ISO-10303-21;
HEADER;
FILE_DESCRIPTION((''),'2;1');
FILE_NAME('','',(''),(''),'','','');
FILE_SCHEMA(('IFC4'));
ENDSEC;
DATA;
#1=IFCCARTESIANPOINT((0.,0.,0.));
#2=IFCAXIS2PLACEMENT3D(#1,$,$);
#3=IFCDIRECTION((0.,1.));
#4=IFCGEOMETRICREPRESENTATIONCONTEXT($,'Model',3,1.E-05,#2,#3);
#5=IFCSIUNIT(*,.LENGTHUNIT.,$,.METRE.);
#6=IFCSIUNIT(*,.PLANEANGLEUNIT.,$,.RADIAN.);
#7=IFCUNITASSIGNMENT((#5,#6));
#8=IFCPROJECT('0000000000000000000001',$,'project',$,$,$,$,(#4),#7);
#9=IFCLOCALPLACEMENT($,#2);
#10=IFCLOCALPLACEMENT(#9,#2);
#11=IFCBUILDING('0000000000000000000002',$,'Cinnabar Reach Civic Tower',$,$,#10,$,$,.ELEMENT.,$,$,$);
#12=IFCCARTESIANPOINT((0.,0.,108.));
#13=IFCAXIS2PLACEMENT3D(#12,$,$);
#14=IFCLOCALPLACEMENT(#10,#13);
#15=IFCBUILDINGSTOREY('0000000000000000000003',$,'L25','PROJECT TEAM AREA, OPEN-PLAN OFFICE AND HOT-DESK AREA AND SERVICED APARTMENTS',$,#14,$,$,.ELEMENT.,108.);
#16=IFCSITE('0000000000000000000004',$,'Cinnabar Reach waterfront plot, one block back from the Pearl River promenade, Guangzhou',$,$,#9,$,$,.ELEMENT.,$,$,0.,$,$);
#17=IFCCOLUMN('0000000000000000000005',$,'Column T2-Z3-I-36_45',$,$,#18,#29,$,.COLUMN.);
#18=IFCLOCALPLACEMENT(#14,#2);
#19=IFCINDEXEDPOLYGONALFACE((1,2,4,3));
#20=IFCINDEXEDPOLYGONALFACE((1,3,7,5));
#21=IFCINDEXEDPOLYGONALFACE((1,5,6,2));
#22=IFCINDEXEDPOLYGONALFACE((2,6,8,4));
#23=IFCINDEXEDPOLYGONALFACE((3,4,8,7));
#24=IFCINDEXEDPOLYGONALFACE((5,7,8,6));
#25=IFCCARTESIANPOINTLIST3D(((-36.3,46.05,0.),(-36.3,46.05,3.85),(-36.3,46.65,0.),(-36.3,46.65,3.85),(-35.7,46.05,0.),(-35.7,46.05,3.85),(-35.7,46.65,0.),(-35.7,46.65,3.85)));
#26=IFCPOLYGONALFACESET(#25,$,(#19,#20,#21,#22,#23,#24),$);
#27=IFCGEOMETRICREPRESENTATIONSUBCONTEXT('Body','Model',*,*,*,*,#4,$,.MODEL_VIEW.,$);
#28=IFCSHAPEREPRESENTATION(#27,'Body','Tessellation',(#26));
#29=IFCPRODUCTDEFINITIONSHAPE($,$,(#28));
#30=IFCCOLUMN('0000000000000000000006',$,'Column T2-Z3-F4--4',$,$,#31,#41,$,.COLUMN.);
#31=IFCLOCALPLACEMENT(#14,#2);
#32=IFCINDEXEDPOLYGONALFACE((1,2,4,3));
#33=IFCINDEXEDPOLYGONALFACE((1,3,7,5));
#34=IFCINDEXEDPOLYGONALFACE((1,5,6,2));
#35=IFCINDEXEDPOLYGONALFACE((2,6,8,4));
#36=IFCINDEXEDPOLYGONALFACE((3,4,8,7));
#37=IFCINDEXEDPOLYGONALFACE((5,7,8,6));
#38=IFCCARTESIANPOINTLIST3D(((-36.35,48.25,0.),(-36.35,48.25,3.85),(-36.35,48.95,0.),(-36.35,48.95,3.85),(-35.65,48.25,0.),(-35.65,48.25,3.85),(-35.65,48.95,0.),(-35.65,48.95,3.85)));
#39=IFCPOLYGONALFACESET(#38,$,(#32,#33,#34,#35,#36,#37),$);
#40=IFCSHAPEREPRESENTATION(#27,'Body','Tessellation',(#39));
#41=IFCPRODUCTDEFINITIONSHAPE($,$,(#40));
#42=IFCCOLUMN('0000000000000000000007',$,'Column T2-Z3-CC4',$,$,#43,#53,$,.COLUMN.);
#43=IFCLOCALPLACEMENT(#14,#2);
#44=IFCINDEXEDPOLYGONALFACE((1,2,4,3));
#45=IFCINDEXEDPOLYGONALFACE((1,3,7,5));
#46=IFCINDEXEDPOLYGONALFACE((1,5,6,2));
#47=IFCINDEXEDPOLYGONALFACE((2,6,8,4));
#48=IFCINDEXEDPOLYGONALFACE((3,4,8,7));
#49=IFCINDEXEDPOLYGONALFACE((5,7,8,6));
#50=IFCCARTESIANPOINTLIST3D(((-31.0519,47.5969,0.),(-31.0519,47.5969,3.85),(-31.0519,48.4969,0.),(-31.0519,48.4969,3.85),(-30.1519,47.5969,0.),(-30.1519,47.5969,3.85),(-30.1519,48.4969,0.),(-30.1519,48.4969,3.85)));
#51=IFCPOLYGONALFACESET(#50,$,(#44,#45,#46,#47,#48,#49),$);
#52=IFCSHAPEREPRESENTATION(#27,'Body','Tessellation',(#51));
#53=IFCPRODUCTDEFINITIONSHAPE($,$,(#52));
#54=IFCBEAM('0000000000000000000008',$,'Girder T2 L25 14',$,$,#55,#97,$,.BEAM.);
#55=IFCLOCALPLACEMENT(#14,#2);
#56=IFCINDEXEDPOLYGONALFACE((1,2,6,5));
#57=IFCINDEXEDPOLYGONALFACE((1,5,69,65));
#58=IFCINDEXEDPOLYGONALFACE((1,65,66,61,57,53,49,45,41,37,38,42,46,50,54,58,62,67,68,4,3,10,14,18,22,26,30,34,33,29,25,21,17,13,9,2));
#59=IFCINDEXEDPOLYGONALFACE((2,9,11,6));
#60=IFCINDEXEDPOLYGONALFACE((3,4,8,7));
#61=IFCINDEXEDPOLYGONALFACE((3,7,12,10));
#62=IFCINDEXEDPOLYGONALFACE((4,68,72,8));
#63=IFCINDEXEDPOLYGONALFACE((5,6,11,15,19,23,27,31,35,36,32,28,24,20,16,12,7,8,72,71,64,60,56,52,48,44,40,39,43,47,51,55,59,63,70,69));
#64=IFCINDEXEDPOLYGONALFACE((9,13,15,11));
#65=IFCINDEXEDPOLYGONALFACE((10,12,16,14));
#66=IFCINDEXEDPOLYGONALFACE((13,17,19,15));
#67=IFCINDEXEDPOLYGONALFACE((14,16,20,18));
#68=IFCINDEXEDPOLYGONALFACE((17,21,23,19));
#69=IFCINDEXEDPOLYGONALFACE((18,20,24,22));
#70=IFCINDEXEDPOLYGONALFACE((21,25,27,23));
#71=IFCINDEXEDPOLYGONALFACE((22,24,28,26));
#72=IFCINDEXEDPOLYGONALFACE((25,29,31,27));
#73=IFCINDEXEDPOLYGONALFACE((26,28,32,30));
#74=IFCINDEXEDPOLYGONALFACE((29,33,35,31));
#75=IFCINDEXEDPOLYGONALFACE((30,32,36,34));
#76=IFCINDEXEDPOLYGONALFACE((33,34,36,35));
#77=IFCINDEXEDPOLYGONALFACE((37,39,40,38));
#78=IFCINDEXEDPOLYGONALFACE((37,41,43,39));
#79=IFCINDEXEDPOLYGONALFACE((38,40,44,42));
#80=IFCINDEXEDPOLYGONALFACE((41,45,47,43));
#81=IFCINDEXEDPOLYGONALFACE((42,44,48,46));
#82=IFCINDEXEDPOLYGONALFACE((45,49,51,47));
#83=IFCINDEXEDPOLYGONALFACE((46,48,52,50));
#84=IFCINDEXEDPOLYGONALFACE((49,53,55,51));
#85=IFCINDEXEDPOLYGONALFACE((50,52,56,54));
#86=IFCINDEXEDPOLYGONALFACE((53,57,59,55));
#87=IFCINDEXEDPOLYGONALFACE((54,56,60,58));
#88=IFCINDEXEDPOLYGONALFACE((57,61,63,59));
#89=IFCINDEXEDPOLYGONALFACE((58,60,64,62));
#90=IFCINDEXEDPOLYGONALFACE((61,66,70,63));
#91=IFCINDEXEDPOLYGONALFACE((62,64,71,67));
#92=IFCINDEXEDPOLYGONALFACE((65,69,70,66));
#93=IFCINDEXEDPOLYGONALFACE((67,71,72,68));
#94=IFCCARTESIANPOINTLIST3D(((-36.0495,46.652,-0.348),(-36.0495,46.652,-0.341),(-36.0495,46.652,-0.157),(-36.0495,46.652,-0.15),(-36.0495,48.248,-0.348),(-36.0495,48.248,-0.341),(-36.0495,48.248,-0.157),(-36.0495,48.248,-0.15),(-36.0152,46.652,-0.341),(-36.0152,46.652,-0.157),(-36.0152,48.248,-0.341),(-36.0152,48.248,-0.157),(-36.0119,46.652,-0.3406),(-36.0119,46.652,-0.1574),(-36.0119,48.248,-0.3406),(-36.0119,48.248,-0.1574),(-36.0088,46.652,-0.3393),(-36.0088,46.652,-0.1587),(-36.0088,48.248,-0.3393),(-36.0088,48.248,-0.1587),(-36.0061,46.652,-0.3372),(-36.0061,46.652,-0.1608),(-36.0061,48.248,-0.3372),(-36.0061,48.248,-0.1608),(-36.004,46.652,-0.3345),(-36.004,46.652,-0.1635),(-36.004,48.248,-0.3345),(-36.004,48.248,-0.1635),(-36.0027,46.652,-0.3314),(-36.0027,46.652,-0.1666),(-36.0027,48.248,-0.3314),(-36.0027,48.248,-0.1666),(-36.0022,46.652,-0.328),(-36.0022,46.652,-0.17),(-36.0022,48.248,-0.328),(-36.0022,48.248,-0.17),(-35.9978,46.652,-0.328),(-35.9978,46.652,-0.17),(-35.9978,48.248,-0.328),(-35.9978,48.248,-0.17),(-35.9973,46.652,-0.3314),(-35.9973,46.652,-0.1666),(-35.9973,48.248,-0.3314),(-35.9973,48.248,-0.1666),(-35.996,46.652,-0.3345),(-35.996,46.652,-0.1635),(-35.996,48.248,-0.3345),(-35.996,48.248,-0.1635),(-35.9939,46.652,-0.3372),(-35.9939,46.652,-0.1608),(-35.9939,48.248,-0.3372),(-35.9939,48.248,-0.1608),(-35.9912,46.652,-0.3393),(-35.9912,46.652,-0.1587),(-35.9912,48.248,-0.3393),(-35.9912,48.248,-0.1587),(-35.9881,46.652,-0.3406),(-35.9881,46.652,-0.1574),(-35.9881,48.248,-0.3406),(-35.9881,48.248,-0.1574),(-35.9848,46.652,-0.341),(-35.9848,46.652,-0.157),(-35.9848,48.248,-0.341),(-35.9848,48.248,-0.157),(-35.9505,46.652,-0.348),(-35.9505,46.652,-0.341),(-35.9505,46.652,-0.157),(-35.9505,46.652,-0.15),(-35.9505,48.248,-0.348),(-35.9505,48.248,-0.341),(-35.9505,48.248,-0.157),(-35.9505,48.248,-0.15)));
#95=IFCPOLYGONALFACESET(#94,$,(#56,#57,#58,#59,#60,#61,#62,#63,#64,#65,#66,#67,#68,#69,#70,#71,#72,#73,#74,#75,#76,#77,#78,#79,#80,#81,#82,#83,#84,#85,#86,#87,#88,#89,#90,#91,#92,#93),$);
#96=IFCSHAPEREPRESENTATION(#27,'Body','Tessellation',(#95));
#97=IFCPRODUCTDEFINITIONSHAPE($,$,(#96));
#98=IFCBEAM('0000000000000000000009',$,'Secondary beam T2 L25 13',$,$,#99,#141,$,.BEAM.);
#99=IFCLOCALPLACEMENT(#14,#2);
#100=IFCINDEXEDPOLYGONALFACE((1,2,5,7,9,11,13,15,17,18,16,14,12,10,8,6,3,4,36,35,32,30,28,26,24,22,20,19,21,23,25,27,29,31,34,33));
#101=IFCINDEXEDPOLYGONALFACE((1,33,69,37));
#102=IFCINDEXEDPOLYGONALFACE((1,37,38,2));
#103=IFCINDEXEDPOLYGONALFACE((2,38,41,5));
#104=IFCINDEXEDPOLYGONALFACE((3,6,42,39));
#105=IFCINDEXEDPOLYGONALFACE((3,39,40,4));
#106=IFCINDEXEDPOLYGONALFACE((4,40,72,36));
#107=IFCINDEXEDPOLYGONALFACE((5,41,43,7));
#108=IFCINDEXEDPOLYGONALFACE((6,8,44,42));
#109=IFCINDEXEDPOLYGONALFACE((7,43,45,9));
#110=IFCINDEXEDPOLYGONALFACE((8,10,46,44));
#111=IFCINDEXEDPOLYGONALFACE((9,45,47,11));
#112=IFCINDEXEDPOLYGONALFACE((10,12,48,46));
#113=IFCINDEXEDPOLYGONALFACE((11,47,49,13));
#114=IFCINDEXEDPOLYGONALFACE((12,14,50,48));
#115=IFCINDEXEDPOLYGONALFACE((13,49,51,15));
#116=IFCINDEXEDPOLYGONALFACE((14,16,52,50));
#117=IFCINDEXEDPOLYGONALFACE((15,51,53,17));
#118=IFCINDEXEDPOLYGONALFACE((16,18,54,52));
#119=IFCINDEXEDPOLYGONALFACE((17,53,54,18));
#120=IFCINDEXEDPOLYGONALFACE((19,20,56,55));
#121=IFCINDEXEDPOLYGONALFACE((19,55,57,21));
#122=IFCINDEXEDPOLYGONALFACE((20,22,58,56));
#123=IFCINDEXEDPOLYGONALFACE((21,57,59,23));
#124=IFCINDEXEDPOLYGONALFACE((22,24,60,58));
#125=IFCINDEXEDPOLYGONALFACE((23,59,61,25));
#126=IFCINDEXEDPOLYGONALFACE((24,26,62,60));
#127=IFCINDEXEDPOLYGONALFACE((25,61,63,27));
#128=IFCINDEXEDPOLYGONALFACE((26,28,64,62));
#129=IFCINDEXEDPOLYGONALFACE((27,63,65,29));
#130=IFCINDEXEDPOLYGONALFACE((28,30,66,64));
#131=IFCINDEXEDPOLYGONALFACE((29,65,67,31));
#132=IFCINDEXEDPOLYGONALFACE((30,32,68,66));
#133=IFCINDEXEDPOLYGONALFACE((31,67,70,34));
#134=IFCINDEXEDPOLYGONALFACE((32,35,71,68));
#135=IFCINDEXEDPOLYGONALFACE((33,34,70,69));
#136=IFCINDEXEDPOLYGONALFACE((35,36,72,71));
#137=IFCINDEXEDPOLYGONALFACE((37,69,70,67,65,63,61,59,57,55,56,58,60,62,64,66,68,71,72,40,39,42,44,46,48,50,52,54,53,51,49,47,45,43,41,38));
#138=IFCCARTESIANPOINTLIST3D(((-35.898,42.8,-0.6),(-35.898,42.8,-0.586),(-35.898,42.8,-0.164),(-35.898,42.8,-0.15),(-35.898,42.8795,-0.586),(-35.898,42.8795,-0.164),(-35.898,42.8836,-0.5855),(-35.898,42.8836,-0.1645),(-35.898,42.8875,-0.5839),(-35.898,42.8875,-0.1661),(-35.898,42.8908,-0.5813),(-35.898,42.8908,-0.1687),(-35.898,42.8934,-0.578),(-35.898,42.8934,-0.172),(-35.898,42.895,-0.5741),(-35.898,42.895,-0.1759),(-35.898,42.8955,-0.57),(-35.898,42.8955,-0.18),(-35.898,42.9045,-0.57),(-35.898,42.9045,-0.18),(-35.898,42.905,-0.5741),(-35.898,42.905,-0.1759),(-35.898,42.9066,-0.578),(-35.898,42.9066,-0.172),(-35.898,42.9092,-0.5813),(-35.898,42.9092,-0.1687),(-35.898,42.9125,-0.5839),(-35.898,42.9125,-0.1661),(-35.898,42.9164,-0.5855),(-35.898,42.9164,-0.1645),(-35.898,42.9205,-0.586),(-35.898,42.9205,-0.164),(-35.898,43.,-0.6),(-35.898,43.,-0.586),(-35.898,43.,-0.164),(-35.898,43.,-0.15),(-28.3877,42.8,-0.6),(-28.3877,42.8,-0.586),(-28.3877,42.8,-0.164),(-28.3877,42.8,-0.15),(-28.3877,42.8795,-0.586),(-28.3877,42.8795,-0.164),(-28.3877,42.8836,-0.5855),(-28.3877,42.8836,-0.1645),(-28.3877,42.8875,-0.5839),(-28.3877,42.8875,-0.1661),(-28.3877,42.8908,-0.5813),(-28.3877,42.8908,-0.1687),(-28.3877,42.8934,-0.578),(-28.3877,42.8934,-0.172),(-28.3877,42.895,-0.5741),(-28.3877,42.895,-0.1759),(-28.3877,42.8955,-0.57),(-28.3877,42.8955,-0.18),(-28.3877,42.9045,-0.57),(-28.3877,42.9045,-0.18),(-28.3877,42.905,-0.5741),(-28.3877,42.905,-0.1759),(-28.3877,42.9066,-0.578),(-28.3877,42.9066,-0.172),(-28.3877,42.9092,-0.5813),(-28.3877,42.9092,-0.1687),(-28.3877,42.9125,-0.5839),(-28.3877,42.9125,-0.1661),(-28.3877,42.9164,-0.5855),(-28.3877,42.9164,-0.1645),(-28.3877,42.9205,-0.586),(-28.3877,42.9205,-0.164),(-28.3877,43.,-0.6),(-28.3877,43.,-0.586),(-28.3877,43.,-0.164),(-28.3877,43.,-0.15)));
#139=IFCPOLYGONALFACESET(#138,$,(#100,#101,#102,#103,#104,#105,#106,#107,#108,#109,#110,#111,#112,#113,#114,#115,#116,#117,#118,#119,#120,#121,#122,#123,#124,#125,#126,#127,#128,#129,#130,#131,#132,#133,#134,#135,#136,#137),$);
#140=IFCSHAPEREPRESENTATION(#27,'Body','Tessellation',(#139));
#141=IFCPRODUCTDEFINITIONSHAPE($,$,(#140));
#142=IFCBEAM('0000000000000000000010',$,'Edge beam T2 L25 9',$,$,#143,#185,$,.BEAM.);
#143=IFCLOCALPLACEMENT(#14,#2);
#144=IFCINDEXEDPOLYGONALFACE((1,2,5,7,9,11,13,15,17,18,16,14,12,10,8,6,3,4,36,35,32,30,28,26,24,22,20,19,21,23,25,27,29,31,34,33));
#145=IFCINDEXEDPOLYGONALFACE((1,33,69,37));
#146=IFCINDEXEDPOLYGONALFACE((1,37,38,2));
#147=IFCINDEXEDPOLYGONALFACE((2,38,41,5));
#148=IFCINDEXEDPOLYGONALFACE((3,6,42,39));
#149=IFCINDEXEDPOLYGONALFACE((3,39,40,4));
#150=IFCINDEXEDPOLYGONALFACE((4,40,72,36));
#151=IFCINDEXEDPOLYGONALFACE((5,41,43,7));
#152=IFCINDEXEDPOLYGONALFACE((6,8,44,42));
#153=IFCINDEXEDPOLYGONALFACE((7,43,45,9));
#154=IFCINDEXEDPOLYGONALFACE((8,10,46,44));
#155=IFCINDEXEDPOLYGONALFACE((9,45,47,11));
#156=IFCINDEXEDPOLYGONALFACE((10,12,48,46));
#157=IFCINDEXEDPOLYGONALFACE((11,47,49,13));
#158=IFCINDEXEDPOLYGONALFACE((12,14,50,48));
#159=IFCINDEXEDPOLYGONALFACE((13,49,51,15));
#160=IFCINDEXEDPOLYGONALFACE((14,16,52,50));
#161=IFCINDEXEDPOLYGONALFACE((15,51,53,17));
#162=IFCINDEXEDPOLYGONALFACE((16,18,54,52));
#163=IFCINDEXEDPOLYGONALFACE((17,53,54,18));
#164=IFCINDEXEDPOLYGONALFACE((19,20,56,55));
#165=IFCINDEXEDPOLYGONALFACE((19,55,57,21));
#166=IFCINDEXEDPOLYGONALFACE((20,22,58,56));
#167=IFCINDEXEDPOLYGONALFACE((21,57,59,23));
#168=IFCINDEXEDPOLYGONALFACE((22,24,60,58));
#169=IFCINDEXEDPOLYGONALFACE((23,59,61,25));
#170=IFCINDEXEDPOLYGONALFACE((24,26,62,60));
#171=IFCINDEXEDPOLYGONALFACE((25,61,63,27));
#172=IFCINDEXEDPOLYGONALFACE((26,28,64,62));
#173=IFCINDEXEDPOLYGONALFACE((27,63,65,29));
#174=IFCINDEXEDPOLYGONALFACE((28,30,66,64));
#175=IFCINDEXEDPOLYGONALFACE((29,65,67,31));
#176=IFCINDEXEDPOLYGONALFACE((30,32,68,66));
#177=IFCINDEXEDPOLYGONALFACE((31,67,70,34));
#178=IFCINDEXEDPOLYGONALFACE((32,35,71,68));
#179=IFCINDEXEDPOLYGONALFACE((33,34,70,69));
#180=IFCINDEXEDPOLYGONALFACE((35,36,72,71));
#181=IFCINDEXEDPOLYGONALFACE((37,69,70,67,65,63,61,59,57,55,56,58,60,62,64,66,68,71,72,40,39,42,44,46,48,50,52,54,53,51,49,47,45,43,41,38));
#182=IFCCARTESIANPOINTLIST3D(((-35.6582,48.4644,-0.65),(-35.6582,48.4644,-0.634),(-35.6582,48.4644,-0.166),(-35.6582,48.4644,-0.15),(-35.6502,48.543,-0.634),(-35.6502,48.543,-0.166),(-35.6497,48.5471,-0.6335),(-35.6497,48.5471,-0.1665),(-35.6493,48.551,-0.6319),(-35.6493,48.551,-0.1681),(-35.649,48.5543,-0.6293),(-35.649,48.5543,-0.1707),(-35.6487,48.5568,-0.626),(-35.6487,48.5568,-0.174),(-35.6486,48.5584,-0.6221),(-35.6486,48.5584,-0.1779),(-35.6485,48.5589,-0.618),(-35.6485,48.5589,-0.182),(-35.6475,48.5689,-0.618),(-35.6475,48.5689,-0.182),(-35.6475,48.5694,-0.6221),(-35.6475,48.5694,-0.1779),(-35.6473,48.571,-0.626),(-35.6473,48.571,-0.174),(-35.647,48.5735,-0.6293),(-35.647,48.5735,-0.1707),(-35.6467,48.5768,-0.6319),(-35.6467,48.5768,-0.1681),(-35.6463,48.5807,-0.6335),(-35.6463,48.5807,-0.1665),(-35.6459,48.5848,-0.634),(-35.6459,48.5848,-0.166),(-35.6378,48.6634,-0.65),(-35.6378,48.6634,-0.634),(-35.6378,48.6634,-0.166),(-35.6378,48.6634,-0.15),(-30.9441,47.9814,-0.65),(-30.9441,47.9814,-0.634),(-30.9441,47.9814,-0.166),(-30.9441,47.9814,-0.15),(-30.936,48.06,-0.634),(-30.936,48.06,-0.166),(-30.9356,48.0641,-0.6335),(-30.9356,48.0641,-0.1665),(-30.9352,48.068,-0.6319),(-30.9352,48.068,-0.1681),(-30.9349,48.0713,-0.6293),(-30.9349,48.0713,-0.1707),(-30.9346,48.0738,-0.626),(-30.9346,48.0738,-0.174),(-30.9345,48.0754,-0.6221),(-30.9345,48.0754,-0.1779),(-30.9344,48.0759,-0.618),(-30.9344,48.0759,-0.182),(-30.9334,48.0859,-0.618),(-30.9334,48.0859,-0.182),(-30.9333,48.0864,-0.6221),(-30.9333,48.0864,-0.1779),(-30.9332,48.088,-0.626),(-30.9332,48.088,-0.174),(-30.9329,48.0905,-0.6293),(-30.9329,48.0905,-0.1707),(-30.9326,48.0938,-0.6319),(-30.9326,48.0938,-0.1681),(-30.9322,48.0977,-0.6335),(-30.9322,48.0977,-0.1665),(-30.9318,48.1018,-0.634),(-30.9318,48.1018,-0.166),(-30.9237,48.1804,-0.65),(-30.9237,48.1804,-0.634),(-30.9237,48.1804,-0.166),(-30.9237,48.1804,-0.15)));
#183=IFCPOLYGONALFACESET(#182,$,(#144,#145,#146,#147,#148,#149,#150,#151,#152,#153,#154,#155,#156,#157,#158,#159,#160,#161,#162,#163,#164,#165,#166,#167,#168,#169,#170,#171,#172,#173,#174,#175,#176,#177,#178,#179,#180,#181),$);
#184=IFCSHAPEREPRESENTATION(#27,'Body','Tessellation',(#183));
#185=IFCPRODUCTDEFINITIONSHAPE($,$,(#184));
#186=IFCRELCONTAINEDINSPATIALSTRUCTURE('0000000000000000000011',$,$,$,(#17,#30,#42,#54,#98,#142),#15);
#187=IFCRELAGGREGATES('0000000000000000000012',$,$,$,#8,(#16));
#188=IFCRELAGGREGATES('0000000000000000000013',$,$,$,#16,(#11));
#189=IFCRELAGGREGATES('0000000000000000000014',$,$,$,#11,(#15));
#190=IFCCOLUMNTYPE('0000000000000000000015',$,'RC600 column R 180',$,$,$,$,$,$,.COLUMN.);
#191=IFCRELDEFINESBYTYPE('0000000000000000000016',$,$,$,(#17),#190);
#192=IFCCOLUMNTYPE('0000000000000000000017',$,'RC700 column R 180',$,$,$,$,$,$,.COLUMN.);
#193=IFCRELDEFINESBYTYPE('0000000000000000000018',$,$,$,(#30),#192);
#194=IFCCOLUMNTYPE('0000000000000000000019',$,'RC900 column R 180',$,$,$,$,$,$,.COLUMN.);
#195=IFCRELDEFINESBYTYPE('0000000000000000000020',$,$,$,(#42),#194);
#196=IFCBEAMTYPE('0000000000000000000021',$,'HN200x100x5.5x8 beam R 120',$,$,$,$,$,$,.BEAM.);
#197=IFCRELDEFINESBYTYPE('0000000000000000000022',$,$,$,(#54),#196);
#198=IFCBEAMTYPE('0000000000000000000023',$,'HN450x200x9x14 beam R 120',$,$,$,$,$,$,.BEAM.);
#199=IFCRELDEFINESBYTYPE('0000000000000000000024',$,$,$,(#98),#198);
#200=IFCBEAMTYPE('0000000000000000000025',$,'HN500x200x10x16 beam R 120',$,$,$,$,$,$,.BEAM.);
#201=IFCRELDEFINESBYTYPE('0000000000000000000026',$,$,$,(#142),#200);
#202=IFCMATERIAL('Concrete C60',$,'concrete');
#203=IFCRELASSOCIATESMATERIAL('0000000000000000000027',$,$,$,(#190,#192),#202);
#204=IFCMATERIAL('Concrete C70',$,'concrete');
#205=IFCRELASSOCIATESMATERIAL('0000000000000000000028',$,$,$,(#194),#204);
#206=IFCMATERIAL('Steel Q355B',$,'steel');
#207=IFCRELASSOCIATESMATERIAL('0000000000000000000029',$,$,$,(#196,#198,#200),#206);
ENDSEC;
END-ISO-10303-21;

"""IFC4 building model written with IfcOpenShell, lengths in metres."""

from ifc_helpers import new_model, si_unit, direction, frame, origin, origin_2d, place, context, subcontext, project, spatial, rectangle, i_section, extrude, material, material_profile, profile_set, type_object, element, save


model = new_model("IFC4")

# Units and contexts
model_context = context("Model", 3, precision=1e-05, world=origin(), true_north=direction((0.0, 1.0)))
body_context = subcontext(model_context, "Body", "Model", "MODEL_VIEW")
ifc_project = project(units=[si_unit("LENGTHUNIT", "METRE"), si_unit("PLANEANGLEUNIT", "RADIAN")], contexts=[model_context])

# Site, building, storey
site_placement = place(None, origin())
site = spatial("IfcSite", under=ifc_project, at=site_placement, Name="Cinnabar Reach waterfront plot, one block back from the Pearl River promenade, Guangzhou", CompositionType="ELEMENT", RefElevation=0.0)
building_placement = place(site_placement, origin())
building = spatial("IfcBuilding", under=site, at=building_placement, Name="Cinnabar Reach Civic Tower", CompositionType="ELEMENT")
storey_placement = place(building_placement, frame((0.0, 0.0, 108.0)))
storey = spatial("IfcBuildingStorey", under=building, at=storey_placement, Name="L25", Description="PROJECT TEAM AREA, OPEN-PLAN OFFICE AND HOT-DESK AREA AND SERVICED APARTMENTS", CompositionType="ELEMENT", Elevation=108.0)

# Columns
ifc_material_1 = material(Name="Concrete C60", Category="concrete")
ifc_material_profile_1 = material_profile(ifc_material_1, rectangle(XDim=0.6, YDim=0.6, at=origin_2d()), Name="RC600")
ifc_profile_set_1 = profile_set([ifc_material_profile_1], Name="Concrete C60")
column_type_1 = type_object("IfcColumnType", Name="RC600 column R 180", PredefinedType="COLUMN", material=ifc_profile_set_1)
column_1_placement = place(storey_placement, frame((-36.0, 46.35, 0.0), z_axis=(0.0, 0.0, 1.0), x_axis=(1.0, 0.0, 0.0)))
element("IfcColumn", 1, at=column_1_placement, inside=storey, type_object=column_type_1, Name="Column T2-Z3-I-36_45", PredefinedType="COLUMN", context=body_context, shape_type="SweptSolid", body=[
    extrude(rectangle(XDim=0.6, YDim=0.6, at=origin_2d()), origin(), (0.0, 0.0, 1.0), 3.85),
])
ifc_material_profile_2 = material_profile(ifc_material_1, rectangle(XDim=0.7, YDim=0.7, at=origin_2d()), Name="RC700")
ifc_profile_set_2 = profile_set([ifc_material_profile_2], Name="Concrete C60")
column_type_2 = type_object("IfcColumnType", Name="RC700 column R 180", PredefinedType="COLUMN", material=ifc_profile_set_2)
column_2_placement = place(storey_placement, frame((-36.0, 48.6, 0.0), z_axis=(0.0, 0.0, 1.0), x_axis=(1.0, 0.0, 0.0)))
element("IfcColumn", 2, at=column_2_placement, inside=storey, type_object=column_type_2, Name="Column T2-Z3-F4--4", PredefinedType="COLUMN", context=body_context, shape_type="SweptSolid", body=[
    extrude(rectangle(XDim=0.7, YDim=0.7, at=origin_2d()), origin(), (0.0, 0.0, 1.0), 3.85),
])
ifc_material_2 = material(Name="Concrete C70", Category="concrete")
ifc_material_profile_3 = material_profile(ifc_material_2, rectangle(XDim=0.9, YDim=0.9, at=origin_2d()), Name="RC900")
ifc_profile_set_3 = profile_set([ifc_material_profile_3], Name="Concrete C70")
column_type_3 = type_object("IfcColumnType", Name="RC900 column R 180", PredefinedType="COLUMN", material=ifc_profile_set_3)
column_3_placement = place(storey_placement, frame((-30.6019, 48.0469, 0.0), z_axis=(0.0, 0.0, 1.0), x_axis=(1.0, 0.0, 0.0)))
element("IfcColumn", 3, at=column_3_placement, inside=storey, type_object=column_type_3, Name="Column T2-Z3-CC4", PredefinedType="COLUMN", context=body_context, shape_type="SweptSolid", body=[
    extrude(rectangle(XDim=0.9, YDim=0.9, at=origin_2d()), origin(), (0.0, 0.0, 1.0), 3.85),
])

# Beams
ifc_material_3 = material(Name="Steel Q355B", Category="steel")
ifc_material_profile_4 = material_profile(ifc_material_3, i_section(OverallWidth=0.099, OverallDepth=0.198, WebThickness=0.0045, FlangeThickness=0.007, FilletRadius=0.013, at=origin_2d()), Name="HN200x100x5.5x8")
ifc_profile_set_4 = profile_set([ifc_material_profile_4], Name="Steel Q355B")
beam_type_1 = type_object("IfcBeamType", Name="HN200x100x5.5x8 beam R 120", PredefinedType="BEAM", material=ifc_profile_set_4)
beam_1_placement = place(storey_placement, frame((-36.0, 46.652, -0.249), z_axis=(0.0, 1.0, 0.0), x_axis=(-1.0, 0.0, 0.0)))
element("IfcBeam", 4, at=beam_1_placement, inside=storey, type_object=beam_type_1, Name="Girder T2 L25 14", PredefinedType="BEAM", context=body_context, shape_type="SweptSolid", body=[
    extrude(i_section(OverallWidth=0.099, OverallDepth=0.198, WebThickness=0.0045, FlangeThickness=0.007, FilletRadius=0.013, at=origin_2d()), origin(), (0.0, 0.0, 1.0), 1.596),
])
ifc_material_profile_5 = material_profile(ifc_material_3, i_section(OverallWidth=0.2, OverallDepth=0.45, WebThickness=0.009, FlangeThickness=0.014, FilletRadius=0.016, at=origin_2d()), Name="HN450x200x9x14")
ifc_profile_set_5 = profile_set([ifc_material_profile_5], Name="Steel Q355B")
beam_type_2 = type_object("IfcBeamType", Name="HN450x200x9x14 beam R 120", PredefinedType="BEAM", material=ifc_profile_set_5)
beam_2_placement = place(storey_placement, frame((-35.898, 42.9, -0.375), z_axis=(1.0, 0.0, 0.0), x_axis=(0.0, 1.0, 0.0)))
element("IfcBeam", 5, at=beam_2_placement, inside=storey, type_object=beam_type_2, Name="Secondary beam T2 L25 13", PredefinedType="BEAM", context=body_context, shape_type="SweptSolid", body=[
    extrude(i_section(OverallWidth=0.2, OverallDepth=0.45, WebThickness=0.009, FlangeThickness=0.014, FilletRadius=0.016, at=origin_2d()), origin(), (0.0, 0.0, 1.0), 7.5103),
])
ifc_material_profile_6 = material_profile(ifc_material_3, i_section(OverallWidth=0.2, OverallDepth=0.5, WebThickness=0.01, FlangeThickness=0.016, FilletRadius=0.016, at=origin_2d()), Name="HN500x200x10x16")
ifc_profile_set_6 = profile_set([ifc_material_profile_6], Name="Steel Q355B")
beam_type_3 = type_object("IfcBeamType", Name="HN500x200x10x16 beam R 120", PredefinedType="BEAM", material=ifc_profile_set_6)
beam_3_placement = place(storey_placement, frame((-30.9339, 48.0809, -0.4), z_axis=(-0.994792, 0.101925, 0.0), x_axis=(-0.101925, -0.994792, 0.0)))
element("IfcBeam", 6, at=beam_3_placement, inside=storey, type_object=beam_type_3, Name="Edge beam T2 L25 9", PredefinedType="BEAM", context=body_context, shape_type="SweptSolid", body=[
    extrude(i_section(OverallWidth=0.2, OverallDepth=0.5, WebThickness=0.01, FlangeThickness=0.016, FilletRadius=0.016, at=origin_2d()), origin(), (0.0, 0.0, 1.0), 4.7388),
])

save(model, "model.ifc")
